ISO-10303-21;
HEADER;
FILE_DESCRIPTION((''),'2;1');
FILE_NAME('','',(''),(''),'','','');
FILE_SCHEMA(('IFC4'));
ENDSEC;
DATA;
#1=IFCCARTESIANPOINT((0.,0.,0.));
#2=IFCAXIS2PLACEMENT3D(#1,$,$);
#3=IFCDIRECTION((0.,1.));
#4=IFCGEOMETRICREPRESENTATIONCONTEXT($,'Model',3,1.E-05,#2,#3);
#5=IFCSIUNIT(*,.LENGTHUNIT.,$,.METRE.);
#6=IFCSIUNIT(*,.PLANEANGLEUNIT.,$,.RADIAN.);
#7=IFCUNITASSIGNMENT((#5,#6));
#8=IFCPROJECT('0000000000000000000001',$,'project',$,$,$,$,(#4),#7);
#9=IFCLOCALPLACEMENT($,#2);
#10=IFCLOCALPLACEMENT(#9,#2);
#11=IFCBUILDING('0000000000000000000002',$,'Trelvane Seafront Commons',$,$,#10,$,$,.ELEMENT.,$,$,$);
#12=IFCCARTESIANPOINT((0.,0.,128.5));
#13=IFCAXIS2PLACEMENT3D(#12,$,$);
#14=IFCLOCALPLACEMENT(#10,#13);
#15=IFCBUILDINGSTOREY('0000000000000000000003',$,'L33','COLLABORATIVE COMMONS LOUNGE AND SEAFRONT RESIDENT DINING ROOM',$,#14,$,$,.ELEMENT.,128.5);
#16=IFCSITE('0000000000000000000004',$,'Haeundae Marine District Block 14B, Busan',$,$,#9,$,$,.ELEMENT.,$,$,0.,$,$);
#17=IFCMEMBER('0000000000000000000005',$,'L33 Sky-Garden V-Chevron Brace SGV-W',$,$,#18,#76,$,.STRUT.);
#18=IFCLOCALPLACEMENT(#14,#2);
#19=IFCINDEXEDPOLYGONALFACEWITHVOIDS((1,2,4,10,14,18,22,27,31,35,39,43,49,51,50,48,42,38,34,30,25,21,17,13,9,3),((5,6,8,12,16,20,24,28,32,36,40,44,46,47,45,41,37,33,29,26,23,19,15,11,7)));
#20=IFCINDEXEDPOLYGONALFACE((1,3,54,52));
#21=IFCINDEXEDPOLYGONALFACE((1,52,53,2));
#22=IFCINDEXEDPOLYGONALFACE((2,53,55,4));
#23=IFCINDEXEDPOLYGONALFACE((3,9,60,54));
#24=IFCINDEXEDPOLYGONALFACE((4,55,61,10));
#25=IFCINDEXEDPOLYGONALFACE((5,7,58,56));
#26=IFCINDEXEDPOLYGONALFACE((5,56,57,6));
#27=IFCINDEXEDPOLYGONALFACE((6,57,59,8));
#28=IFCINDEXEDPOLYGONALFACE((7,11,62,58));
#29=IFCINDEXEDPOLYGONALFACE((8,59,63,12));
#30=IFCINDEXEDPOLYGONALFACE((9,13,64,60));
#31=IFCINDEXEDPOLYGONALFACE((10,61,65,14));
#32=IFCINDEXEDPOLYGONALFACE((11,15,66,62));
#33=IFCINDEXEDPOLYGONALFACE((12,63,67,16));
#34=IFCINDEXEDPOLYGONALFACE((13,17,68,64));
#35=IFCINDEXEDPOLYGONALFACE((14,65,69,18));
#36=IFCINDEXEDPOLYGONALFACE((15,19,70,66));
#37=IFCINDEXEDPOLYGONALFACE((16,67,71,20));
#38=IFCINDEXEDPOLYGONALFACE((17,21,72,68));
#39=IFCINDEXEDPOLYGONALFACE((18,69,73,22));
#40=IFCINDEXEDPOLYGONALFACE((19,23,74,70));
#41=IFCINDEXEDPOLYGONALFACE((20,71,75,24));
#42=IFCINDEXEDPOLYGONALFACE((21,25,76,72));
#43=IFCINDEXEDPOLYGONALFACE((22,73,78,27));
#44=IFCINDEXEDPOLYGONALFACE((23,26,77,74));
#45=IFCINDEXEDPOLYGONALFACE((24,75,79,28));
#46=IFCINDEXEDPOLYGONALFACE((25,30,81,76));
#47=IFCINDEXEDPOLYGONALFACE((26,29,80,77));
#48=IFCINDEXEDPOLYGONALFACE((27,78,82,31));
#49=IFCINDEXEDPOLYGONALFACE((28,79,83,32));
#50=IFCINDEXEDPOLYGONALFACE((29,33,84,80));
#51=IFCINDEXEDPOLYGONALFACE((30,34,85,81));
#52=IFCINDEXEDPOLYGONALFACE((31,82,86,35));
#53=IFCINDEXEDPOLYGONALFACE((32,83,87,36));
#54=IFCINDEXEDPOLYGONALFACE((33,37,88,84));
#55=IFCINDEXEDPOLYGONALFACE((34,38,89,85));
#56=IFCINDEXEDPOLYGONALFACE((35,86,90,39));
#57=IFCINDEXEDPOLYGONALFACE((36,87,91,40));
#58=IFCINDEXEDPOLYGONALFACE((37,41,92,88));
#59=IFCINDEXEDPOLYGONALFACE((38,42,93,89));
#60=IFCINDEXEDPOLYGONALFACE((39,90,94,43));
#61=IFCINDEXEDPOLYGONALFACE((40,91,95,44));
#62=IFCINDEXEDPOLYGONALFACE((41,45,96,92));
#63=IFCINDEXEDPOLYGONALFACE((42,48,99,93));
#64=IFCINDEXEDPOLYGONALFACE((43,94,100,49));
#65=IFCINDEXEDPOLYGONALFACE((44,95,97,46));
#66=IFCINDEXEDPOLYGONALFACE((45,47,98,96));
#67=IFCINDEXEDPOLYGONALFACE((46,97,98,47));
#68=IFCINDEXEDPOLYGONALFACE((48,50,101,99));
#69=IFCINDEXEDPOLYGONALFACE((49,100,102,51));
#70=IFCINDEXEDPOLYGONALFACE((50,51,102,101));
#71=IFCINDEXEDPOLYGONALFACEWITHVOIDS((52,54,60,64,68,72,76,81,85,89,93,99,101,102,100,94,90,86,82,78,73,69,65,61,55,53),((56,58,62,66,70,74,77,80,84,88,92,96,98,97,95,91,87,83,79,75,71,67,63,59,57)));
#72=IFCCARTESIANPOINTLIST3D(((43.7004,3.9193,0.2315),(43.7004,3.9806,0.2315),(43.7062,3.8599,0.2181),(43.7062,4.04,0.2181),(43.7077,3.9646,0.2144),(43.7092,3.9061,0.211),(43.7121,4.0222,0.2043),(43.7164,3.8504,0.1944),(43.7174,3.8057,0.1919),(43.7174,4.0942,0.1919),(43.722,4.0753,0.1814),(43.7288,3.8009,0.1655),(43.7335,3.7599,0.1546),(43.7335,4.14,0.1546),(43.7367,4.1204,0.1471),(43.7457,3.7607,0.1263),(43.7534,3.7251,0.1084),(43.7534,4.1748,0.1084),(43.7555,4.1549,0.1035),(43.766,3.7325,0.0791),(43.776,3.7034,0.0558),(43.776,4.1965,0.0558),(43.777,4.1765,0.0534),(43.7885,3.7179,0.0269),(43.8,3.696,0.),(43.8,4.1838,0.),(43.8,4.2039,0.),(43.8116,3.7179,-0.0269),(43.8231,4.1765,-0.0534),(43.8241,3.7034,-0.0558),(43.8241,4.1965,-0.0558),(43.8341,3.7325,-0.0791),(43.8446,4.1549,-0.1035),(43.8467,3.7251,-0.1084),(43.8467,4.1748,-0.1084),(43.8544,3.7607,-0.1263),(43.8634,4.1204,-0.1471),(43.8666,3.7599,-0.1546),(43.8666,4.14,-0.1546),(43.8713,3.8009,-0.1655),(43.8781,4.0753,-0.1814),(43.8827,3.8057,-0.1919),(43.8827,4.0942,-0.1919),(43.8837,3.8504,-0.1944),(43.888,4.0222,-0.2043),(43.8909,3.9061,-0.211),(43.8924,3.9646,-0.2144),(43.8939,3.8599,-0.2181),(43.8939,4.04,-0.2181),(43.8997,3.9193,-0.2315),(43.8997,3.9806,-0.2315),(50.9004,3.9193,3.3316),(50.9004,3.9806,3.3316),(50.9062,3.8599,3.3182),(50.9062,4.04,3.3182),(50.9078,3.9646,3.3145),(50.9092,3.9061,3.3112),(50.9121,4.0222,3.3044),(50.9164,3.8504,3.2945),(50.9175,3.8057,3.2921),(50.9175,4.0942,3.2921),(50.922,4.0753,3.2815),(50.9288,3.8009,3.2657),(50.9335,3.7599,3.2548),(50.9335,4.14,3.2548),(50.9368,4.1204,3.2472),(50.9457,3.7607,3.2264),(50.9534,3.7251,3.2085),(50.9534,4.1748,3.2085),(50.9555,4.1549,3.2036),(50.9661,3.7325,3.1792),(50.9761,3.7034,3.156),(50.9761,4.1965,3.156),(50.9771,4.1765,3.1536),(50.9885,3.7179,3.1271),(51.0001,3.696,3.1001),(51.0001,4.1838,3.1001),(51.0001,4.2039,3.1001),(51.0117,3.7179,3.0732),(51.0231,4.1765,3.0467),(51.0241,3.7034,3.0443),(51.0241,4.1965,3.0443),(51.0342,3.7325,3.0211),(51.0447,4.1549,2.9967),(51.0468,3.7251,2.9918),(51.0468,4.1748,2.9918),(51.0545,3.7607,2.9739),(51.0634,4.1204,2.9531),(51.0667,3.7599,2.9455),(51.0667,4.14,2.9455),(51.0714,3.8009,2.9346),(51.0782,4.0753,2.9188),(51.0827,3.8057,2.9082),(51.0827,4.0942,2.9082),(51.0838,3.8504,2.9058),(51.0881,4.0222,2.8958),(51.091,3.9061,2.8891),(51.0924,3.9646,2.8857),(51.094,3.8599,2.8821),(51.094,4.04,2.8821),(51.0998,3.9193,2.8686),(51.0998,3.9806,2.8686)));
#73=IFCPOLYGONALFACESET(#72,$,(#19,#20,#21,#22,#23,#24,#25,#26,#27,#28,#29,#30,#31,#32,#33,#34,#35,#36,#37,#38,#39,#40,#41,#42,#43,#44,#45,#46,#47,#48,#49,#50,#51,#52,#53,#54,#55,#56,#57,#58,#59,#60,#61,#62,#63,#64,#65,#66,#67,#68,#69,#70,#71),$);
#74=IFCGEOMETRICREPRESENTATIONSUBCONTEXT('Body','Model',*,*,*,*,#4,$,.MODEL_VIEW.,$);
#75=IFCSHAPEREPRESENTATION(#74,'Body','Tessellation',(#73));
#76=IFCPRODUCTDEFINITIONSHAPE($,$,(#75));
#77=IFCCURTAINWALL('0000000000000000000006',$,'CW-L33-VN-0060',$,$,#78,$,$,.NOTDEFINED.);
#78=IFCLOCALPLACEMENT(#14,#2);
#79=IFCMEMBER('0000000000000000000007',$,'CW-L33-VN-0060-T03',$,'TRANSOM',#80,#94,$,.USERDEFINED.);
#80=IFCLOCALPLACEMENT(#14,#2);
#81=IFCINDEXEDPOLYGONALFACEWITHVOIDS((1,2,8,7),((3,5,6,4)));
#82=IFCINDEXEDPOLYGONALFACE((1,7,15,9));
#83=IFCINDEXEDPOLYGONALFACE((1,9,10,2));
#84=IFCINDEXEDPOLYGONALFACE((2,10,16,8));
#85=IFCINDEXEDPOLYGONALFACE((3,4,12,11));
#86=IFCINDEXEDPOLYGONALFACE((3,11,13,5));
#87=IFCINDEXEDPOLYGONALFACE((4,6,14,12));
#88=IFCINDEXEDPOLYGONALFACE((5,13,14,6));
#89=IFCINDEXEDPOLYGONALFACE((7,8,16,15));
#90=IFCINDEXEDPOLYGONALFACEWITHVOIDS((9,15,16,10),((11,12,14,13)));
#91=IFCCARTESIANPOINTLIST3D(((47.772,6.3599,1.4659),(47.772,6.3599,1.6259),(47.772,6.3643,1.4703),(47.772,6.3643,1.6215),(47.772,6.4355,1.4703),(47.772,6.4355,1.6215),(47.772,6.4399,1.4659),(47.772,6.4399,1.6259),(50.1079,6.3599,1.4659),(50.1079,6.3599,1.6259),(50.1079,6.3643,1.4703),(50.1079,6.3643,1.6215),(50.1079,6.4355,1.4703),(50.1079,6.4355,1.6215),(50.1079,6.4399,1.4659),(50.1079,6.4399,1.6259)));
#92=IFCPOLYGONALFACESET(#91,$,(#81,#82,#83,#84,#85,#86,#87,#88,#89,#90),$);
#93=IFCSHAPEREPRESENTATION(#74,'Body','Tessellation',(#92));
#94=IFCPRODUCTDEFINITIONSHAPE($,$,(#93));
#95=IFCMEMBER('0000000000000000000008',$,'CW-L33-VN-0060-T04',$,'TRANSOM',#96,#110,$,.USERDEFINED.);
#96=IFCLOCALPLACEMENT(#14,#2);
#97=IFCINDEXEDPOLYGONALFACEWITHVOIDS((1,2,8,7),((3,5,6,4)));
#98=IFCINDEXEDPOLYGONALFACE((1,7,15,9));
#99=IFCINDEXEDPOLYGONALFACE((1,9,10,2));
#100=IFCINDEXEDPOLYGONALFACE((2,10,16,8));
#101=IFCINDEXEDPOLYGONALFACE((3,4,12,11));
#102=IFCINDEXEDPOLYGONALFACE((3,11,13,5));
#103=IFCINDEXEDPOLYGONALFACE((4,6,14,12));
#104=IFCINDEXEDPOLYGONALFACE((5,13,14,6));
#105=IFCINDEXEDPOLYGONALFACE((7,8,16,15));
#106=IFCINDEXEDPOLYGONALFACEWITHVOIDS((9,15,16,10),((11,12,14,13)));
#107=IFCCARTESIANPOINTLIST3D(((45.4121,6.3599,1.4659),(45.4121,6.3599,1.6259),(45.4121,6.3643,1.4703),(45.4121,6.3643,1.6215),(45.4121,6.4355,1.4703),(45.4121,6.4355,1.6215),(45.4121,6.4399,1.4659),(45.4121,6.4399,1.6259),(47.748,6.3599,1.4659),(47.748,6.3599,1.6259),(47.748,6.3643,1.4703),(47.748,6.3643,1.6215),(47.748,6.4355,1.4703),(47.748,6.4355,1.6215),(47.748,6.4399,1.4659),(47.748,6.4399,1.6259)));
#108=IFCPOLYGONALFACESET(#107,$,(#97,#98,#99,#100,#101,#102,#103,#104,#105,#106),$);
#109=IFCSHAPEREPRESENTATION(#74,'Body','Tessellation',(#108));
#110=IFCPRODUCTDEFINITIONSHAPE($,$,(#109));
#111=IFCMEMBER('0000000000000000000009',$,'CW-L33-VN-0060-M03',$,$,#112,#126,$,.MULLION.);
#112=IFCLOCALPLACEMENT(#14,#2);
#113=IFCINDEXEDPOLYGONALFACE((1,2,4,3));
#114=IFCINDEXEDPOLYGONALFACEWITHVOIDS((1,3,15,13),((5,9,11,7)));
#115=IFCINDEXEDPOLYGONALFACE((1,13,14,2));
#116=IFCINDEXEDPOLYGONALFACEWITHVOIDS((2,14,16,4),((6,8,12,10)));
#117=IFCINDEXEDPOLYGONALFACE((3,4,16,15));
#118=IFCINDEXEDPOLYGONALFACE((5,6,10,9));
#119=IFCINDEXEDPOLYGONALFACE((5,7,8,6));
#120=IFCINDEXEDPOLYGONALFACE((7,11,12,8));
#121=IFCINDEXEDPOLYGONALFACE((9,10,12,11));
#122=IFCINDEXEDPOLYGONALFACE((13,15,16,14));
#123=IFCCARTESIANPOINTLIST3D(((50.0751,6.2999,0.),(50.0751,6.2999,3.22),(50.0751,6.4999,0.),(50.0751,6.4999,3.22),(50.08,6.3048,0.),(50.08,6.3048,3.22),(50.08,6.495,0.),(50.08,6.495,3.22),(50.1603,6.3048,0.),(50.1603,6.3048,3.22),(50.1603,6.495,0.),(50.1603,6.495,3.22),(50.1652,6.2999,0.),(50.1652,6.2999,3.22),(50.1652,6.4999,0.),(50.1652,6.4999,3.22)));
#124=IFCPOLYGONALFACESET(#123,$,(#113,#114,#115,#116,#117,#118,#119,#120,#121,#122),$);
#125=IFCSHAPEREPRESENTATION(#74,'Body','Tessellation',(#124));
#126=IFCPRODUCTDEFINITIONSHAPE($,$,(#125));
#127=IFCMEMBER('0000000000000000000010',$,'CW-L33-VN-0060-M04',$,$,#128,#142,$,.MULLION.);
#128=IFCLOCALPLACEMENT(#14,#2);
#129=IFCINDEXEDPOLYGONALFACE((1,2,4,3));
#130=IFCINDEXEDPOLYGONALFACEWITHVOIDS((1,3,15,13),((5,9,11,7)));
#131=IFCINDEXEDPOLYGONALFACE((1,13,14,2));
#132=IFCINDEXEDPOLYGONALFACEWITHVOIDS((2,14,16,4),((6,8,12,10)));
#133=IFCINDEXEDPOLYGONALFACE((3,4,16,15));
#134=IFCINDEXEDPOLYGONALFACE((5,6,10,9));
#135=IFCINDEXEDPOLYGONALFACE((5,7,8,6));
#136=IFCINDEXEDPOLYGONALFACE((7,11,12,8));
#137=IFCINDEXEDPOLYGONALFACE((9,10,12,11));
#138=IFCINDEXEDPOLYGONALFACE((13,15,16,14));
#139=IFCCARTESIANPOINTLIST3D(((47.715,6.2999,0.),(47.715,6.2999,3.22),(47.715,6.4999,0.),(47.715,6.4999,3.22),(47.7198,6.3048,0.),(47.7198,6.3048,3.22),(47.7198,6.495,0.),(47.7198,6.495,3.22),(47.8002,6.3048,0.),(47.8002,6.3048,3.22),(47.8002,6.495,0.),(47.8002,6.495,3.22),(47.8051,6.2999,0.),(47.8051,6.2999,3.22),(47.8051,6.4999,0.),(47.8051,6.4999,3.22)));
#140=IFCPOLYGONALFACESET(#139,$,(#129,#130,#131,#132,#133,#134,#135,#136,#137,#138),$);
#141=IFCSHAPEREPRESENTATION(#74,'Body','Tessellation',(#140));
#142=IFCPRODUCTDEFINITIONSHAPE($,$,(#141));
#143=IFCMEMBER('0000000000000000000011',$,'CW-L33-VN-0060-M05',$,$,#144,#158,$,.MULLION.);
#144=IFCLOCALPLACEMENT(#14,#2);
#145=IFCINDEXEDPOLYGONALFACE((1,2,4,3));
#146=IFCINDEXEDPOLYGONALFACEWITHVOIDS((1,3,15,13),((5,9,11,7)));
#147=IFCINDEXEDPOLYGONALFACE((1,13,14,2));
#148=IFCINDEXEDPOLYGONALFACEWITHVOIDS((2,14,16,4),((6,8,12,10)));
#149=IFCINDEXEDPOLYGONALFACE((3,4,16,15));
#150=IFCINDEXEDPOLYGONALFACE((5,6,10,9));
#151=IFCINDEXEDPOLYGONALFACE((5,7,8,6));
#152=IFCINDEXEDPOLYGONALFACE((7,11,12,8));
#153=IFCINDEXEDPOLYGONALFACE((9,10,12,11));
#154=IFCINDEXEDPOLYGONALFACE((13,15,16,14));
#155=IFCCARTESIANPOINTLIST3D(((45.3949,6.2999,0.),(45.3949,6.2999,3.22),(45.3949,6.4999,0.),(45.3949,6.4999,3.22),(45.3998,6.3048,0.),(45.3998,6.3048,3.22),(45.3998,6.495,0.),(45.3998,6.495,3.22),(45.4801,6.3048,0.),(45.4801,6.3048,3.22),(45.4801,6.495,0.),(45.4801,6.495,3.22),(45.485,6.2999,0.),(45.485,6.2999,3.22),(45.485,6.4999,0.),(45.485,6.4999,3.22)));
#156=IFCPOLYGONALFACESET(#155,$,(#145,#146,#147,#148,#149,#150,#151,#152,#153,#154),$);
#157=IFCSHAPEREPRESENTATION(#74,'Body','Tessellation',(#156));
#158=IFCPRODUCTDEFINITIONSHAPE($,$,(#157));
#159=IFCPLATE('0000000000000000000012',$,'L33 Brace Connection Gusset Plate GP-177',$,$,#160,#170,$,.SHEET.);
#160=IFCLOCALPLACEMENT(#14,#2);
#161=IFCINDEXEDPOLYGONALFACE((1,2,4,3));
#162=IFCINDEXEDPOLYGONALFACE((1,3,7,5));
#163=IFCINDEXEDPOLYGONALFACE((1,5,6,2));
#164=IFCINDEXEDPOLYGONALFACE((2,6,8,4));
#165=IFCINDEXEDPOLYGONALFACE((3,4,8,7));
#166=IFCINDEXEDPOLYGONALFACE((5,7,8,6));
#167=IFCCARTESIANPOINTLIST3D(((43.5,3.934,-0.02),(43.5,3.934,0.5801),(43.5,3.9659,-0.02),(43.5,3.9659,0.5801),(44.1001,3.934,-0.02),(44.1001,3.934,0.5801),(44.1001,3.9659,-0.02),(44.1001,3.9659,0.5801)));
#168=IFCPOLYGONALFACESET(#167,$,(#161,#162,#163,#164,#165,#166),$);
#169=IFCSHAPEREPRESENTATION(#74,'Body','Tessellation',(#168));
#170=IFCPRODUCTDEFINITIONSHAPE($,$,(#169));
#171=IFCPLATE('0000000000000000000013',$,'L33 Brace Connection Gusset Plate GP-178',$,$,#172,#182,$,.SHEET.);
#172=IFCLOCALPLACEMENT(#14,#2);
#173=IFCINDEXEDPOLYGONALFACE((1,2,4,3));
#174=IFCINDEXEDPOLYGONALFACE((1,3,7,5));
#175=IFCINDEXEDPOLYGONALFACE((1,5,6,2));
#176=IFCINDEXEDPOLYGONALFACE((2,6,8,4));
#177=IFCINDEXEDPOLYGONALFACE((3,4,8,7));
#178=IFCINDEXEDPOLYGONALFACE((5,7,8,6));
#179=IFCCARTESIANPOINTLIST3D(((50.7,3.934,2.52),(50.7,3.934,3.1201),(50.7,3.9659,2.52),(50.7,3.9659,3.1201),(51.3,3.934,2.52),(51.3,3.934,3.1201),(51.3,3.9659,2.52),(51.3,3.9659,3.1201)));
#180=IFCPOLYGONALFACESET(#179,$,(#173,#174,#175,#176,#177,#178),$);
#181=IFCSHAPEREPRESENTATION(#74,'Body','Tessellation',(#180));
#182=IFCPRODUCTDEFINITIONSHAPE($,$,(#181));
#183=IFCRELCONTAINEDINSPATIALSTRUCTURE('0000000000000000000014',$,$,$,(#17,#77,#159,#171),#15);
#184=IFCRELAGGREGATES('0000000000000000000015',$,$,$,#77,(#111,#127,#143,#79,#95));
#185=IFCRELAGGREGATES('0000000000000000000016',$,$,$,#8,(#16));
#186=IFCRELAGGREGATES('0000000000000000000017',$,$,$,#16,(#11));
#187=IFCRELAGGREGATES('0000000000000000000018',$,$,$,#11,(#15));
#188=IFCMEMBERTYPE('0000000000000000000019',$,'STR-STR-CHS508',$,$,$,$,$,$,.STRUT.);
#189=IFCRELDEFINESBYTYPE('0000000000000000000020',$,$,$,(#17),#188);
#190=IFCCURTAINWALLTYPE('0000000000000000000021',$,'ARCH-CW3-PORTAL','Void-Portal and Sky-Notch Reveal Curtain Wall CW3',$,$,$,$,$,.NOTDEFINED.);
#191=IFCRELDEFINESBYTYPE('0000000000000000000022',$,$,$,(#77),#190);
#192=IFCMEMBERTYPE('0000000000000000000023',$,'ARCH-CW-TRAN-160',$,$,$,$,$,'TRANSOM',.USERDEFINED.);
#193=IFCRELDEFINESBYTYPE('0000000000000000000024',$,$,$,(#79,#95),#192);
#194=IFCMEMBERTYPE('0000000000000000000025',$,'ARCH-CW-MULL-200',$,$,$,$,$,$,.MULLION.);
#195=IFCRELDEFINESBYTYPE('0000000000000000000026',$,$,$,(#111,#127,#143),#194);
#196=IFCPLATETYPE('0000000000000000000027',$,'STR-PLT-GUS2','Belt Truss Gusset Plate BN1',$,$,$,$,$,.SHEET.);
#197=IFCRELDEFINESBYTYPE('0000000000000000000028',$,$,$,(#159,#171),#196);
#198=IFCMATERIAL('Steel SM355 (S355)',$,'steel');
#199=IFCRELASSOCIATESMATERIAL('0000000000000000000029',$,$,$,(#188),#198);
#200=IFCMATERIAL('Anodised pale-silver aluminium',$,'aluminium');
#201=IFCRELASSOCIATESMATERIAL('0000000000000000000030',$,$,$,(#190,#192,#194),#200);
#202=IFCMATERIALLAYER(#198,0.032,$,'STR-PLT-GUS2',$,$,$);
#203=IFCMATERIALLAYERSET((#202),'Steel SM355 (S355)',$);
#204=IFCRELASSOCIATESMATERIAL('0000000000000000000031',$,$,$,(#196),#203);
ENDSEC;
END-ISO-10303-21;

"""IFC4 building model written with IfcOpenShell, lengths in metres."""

from ifc_helpers import new_model, si_unit, direction, frame, origin, origin_2d, place, context, subcontext, project, spatial, rectangle, hollow_rectangle, hollow_circle, extrude, source, transform, mapped, material, layer, layer_set, material_profile, profile_set, type_object, element, aggregate, save


model = new_model("IFC4")

# Units and contexts
model_context = context("Model", 3, precision=1e-05, world=origin(), true_north=direction((0.0, 1.0)))
body_context = subcontext(model_context, "Body", "Model", "MODEL_VIEW")
ifc_project = project(units=[si_unit("LENGTHUNIT", "METRE"), si_unit("PLANEANGLEUNIT", "RADIAN")], contexts=[model_context])

# Site, building, storey
site_placement = place(None, origin())
site = spatial("IfcSite", under=ifc_project, at=site_placement, Name="Haeundae Marine District Block 14B, Busan", CompositionType="ELEMENT", RefElevation=0.0)
building_placement = place(site_placement, origin())
building = spatial("IfcBuilding", under=site, at=building_placement, Name="Trelvane Seafront Commons", CompositionType="ELEMENT")
storey_placement = place(building_placement, frame((0.0, 0.0, 128.5)))
storey = spatial("IfcBuildingStorey", under=building, at=storey_placement, Name="L33", Description="COLLABORATIVE COMMONS LOUNGE AND SEAFRONT RESIDENT DINING ROOM", CompositionType="ELEMENT", Elevation=128.5)

# Shared definitions
ifc_material_1 = material(Name="Steel SM355 (S355)", Category="steel")

# Member
ifc_material_profile_1 = material_profile(ifc_material_1, hollow_circle(Radius=0.2539, WallThickness=0.02, at=origin_2d()), Name="CHS-508x20")
ifc_profile_set_1 = profile_set([ifc_material_profile_1], Name="Steel SM355 (S355)")
member_type_1 = type_object("IfcMemberType", Name="STR-STR-CHS508", PredefinedType="STRUT", material=ifc_profile_set_1)
shared_shape_1 = source(origin(), body_context, "Body", "SweptSolid", [
    extrude(hollow_circle(Radius=0.2539, WallThickness=0.02, at=origin_2d()), origin(), (0.0, 0.0, 1.0), 7.8391),
])
member_1_placement = place(storey_placement, frame((43.8, 3.95, 0.0), z_axis=(0.918478, 0.0, 0.395471), x_axis=(0.0, 1.0, 0.0)))
element("IfcMember", 1, at=member_1_placement, inside=storey, type_object=member_type_1, Name="L33 Sky-Garden V-Chevron Brace SGV-W", PredefinedType="STRUT", context=body_context, shape_type="MappedRepresentation", body=[
    mapped(shared_shape_1, transform((0.0, 0.0, 0.0), x_axis=(1.0, 0.0, 0.0), y_axis=(0.0, 1.0, 0.0), z_axis=(0.0, 0.0, 1.0), scale=1.0)),
])

# Curtain wall, members
ifc_material_2 = material(Name="Anodised pale-silver aluminium", Category="aluminium")
curtain_wall_type = type_object("IfcCurtainWallType", Name="ARCH-CW3-PORTAL", Description="Void-Portal and Sky-Notch Reveal Curtain Wall CW3", PredefinedType="NOTDEFINED", material=ifc_material_2)
curtain_wall_placement = place(storey_placement, origin())
curtain_wall = element("IfcCurtainWall", 2, at=curtain_wall_placement, inside=storey, type_object=curtain_wall_type, Name="CW-L33-VN-0060", PredefinedType="NOTDEFINED")
ifc_material_profile_2 = material_profile(ifc_material_2, hollow_rectangle(XDim=0.0801, YDim=0.1599, WallThickness=0.0044, at=origin_2d()), Name="TRAN-80x160x4.5")
ifc_profile_set_2 = profile_set([ifc_material_profile_2], Name="Anodised pale-silver aluminium")
member_type_2 = type_object("IfcMemberType", Name="ARCH-CW-TRAN-160", ElementType="TRANSOM", PredefinedType="USERDEFINED", material=ifc_profile_set_2)
shared_shape_2 = source(origin(), body_context, "Body", "SweptSolid", [
    extrude(hollow_rectangle(XDim=0.0801, YDim=0.1599, WallThickness=0.0044, at=origin_2d()), origin(), (0.0, 0.0, 1.0), 2.3359),
])
member_2_placement = place(storey_placement, frame((50.1079, 6.3999, 1.5459), z_axis=(-1.0, 0.0, 0.0), x_axis=(0.0, -1.0, 0.0)))
member_2 = element("IfcMember", 3, at=member_2_placement, type_object=member_type_2, Name="CW-L33-VN-0060-T03", ObjectType="TRANSOM", PredefinedType="USERDEFINED", context=body_context, shape_type="MappedRepresentation", body=[
    mapped(shared_shape_2, transform((0.0, 0.0, 0.0), x_axis=(1.0, 0.0, 0.0), y_axis=(0.0, 1.0, 0.0), z_axis=(0.0, 0.0, 1.0), scale=1.0)),
])
member_3_placement = place(storey_placement, frame((47.748, 6.3999, 1.5459), z_axis=(-1.0, 0.0, 0.0), x_axis=(0.0, -1.0, 0.0)))
member_3 = element("IfcMember", 4, at=member_3_placement, type_object=member_type_2, Name="CW-L33-VN-0060-T04", ObjectType="TRANSOM", PredefinedType="USERDEFINED", context=body_context, shape_type="MappedRepresentation", body=[
    mapped(shared_shape_2, transform((0.0, 0.0, 0.0), x_axis=(1.0, 0.0, 0.0), y_axis=(0.0, 1.0, 0.0), z_axis=(0.0, 0.0, 1.0), scale=1.0)),
])
ifc_material_profile_3 = material_profile(ifc_material_2, hollow_rectangle(XDim=0.0901, YDim=0.2, WallThickness=0.0049, at=origin_2d()), Name="MULL-90x200x5")
ifc_profile_set_3 = profile_set([ifc_material_profile_3], Name="Anodised pale-silver aluminium")
member_type_3 = type_object("IfcMemberType", Name="ARCH-CW-MULL-200", PredefinedType="MULLION", material=ifc_profile_set_3)
shared_shape_3 = source(origin(), body_context, "Body", "SweptSolid", [
    extrude(hollow_rectangle(XDim=0.0901, YDim=0.2, WallThickness=0.0049, at=origin_2d()), origin(), (0.0, 0.0, 1.0), 3.22),
])
member_4_placement = place(storey_placement, frame((50.1201, 6.3999, 0.0), z_axis=(0.0, 0.0, 1.0), x_axis=(1.0, 0.0, 0.0)))
member_4 = element("IfcMember", 5, at=member_4_placement, type_object=member_type_3, Name="CW-L33-VN-0060-M03", PredefinedType="MULLION", context=body_context, shape_type="MappedRepresentation", body=[
    mapped(shared_shape_3, transform((0.0, 0.0, 0.0), x_axis=(1.0, 0.0, 0.0), y_axis=(0.0, 1.0, 0.0), z_axis=(0.0, 0.0, 1.0), scale=1.0)),
])
member_5_placement = place(storey_placement, frame((47.76, 6.3999, 0.0), z_axis=(0.0, 0.0, 1.0), x_axis=(1.0, 0.0, 0.0)))
member_5 = element("IfcMember", 6, at=member_5_placement, type_object=member_type_3, Name="CW-L33-VN-0060-M04", PredefinedType="MULLION", context=body_context, shape_type="MappedRepresentation", body=[
    mapped(shared_shape_3, transform((0.0, 0.0, 0.0), x_axis=(1.0, 0.0, 0.0), y_axis=(0.0, 1.0, 0.0), z_axis=(0.0, 0.0, 1.0), scale=1.0)),
])
member_6_placement = place(storey_placement, frame((45.4399, 6.3999, 0.0), z_axis=(0.0, 0.0, 1.0), x_axis=(1.0, 0.0, 0.0)))
member_6 = element("IfcMember", 7, at=member_6_placement, type_object=member_type_3, Name="CW-L33-VN-0060-M05", PredefinedType="MULLION", context=body_context, shape_type="MappedRepresentation", body=[
    mapped(shared_shape_3, transform((0.0, 0.0, 0.0), x_axis=(1.0, 0.0, 0.0), y_axis=(0.0, 1.0, 0.0), z_axis=(0.0, 0.0, 1.0), scale=1.0)),
])

# Plates
ifc_layer_1 = layer(ifc_material_1, 0.032, Name="STR-PLT-GUS2")
ifc_layer_set_1 = layer_set([ifc_layer_1], Name="Steel SM355 (S355)")
plate_type_1 = type_object("IfcPlateType", Name="STR-PLT-GUS2", Description="Belt Truss Gusset Plate BN1", PredefinedType="SHEET", material=ifc_layer_set_1)
shared_shape_4 = source(origin(), body_context, "Body", "SweptSolid", [
    extrude(rectangle(XDim=0.6001, YDim=0.032, at=origin_2d()), origin(), (0.0, 0.0, 1.0), 0.6001),
])
for number, where, z_axis, x_axis, name in (
    (8, (43.8, 3.95, -0.02), (0.0, 0.0, 1.0), (1.0, 0.0, 0.0), "L33 Brace Connection Gusset Plate GP-177"),
    (9, (51.0, 3.95, 2.52), (0.0, 0.0, 1.0), (1.0, 0.0, 0.0), "L33 Brace Connection Gusset Plate GP-178"),
):
    element("IfcPlate", number, at=place(storey_placement, frame(where, z_axis=z_axis, x_axis=x_axis)), inside=storey, type_object=plate_type_1, Name=name, PredefinedType="SHEET", context=body_context, shape_type="MappedRepresentation", body=[
        mapped(shared_shape_4, transform((0.0, 0.0, 0.0), x_axis=(1.0, 0.0, 0.0), y_axis=(0.0, 1.0, 0.0), z_axis=(0.0, 0.0, 1.0), scale=1.0)),
    ])

aggregate(curtain_wall, [member_4, member_5, member_6, member_2, member_3])

save(model, "model.ifc")
